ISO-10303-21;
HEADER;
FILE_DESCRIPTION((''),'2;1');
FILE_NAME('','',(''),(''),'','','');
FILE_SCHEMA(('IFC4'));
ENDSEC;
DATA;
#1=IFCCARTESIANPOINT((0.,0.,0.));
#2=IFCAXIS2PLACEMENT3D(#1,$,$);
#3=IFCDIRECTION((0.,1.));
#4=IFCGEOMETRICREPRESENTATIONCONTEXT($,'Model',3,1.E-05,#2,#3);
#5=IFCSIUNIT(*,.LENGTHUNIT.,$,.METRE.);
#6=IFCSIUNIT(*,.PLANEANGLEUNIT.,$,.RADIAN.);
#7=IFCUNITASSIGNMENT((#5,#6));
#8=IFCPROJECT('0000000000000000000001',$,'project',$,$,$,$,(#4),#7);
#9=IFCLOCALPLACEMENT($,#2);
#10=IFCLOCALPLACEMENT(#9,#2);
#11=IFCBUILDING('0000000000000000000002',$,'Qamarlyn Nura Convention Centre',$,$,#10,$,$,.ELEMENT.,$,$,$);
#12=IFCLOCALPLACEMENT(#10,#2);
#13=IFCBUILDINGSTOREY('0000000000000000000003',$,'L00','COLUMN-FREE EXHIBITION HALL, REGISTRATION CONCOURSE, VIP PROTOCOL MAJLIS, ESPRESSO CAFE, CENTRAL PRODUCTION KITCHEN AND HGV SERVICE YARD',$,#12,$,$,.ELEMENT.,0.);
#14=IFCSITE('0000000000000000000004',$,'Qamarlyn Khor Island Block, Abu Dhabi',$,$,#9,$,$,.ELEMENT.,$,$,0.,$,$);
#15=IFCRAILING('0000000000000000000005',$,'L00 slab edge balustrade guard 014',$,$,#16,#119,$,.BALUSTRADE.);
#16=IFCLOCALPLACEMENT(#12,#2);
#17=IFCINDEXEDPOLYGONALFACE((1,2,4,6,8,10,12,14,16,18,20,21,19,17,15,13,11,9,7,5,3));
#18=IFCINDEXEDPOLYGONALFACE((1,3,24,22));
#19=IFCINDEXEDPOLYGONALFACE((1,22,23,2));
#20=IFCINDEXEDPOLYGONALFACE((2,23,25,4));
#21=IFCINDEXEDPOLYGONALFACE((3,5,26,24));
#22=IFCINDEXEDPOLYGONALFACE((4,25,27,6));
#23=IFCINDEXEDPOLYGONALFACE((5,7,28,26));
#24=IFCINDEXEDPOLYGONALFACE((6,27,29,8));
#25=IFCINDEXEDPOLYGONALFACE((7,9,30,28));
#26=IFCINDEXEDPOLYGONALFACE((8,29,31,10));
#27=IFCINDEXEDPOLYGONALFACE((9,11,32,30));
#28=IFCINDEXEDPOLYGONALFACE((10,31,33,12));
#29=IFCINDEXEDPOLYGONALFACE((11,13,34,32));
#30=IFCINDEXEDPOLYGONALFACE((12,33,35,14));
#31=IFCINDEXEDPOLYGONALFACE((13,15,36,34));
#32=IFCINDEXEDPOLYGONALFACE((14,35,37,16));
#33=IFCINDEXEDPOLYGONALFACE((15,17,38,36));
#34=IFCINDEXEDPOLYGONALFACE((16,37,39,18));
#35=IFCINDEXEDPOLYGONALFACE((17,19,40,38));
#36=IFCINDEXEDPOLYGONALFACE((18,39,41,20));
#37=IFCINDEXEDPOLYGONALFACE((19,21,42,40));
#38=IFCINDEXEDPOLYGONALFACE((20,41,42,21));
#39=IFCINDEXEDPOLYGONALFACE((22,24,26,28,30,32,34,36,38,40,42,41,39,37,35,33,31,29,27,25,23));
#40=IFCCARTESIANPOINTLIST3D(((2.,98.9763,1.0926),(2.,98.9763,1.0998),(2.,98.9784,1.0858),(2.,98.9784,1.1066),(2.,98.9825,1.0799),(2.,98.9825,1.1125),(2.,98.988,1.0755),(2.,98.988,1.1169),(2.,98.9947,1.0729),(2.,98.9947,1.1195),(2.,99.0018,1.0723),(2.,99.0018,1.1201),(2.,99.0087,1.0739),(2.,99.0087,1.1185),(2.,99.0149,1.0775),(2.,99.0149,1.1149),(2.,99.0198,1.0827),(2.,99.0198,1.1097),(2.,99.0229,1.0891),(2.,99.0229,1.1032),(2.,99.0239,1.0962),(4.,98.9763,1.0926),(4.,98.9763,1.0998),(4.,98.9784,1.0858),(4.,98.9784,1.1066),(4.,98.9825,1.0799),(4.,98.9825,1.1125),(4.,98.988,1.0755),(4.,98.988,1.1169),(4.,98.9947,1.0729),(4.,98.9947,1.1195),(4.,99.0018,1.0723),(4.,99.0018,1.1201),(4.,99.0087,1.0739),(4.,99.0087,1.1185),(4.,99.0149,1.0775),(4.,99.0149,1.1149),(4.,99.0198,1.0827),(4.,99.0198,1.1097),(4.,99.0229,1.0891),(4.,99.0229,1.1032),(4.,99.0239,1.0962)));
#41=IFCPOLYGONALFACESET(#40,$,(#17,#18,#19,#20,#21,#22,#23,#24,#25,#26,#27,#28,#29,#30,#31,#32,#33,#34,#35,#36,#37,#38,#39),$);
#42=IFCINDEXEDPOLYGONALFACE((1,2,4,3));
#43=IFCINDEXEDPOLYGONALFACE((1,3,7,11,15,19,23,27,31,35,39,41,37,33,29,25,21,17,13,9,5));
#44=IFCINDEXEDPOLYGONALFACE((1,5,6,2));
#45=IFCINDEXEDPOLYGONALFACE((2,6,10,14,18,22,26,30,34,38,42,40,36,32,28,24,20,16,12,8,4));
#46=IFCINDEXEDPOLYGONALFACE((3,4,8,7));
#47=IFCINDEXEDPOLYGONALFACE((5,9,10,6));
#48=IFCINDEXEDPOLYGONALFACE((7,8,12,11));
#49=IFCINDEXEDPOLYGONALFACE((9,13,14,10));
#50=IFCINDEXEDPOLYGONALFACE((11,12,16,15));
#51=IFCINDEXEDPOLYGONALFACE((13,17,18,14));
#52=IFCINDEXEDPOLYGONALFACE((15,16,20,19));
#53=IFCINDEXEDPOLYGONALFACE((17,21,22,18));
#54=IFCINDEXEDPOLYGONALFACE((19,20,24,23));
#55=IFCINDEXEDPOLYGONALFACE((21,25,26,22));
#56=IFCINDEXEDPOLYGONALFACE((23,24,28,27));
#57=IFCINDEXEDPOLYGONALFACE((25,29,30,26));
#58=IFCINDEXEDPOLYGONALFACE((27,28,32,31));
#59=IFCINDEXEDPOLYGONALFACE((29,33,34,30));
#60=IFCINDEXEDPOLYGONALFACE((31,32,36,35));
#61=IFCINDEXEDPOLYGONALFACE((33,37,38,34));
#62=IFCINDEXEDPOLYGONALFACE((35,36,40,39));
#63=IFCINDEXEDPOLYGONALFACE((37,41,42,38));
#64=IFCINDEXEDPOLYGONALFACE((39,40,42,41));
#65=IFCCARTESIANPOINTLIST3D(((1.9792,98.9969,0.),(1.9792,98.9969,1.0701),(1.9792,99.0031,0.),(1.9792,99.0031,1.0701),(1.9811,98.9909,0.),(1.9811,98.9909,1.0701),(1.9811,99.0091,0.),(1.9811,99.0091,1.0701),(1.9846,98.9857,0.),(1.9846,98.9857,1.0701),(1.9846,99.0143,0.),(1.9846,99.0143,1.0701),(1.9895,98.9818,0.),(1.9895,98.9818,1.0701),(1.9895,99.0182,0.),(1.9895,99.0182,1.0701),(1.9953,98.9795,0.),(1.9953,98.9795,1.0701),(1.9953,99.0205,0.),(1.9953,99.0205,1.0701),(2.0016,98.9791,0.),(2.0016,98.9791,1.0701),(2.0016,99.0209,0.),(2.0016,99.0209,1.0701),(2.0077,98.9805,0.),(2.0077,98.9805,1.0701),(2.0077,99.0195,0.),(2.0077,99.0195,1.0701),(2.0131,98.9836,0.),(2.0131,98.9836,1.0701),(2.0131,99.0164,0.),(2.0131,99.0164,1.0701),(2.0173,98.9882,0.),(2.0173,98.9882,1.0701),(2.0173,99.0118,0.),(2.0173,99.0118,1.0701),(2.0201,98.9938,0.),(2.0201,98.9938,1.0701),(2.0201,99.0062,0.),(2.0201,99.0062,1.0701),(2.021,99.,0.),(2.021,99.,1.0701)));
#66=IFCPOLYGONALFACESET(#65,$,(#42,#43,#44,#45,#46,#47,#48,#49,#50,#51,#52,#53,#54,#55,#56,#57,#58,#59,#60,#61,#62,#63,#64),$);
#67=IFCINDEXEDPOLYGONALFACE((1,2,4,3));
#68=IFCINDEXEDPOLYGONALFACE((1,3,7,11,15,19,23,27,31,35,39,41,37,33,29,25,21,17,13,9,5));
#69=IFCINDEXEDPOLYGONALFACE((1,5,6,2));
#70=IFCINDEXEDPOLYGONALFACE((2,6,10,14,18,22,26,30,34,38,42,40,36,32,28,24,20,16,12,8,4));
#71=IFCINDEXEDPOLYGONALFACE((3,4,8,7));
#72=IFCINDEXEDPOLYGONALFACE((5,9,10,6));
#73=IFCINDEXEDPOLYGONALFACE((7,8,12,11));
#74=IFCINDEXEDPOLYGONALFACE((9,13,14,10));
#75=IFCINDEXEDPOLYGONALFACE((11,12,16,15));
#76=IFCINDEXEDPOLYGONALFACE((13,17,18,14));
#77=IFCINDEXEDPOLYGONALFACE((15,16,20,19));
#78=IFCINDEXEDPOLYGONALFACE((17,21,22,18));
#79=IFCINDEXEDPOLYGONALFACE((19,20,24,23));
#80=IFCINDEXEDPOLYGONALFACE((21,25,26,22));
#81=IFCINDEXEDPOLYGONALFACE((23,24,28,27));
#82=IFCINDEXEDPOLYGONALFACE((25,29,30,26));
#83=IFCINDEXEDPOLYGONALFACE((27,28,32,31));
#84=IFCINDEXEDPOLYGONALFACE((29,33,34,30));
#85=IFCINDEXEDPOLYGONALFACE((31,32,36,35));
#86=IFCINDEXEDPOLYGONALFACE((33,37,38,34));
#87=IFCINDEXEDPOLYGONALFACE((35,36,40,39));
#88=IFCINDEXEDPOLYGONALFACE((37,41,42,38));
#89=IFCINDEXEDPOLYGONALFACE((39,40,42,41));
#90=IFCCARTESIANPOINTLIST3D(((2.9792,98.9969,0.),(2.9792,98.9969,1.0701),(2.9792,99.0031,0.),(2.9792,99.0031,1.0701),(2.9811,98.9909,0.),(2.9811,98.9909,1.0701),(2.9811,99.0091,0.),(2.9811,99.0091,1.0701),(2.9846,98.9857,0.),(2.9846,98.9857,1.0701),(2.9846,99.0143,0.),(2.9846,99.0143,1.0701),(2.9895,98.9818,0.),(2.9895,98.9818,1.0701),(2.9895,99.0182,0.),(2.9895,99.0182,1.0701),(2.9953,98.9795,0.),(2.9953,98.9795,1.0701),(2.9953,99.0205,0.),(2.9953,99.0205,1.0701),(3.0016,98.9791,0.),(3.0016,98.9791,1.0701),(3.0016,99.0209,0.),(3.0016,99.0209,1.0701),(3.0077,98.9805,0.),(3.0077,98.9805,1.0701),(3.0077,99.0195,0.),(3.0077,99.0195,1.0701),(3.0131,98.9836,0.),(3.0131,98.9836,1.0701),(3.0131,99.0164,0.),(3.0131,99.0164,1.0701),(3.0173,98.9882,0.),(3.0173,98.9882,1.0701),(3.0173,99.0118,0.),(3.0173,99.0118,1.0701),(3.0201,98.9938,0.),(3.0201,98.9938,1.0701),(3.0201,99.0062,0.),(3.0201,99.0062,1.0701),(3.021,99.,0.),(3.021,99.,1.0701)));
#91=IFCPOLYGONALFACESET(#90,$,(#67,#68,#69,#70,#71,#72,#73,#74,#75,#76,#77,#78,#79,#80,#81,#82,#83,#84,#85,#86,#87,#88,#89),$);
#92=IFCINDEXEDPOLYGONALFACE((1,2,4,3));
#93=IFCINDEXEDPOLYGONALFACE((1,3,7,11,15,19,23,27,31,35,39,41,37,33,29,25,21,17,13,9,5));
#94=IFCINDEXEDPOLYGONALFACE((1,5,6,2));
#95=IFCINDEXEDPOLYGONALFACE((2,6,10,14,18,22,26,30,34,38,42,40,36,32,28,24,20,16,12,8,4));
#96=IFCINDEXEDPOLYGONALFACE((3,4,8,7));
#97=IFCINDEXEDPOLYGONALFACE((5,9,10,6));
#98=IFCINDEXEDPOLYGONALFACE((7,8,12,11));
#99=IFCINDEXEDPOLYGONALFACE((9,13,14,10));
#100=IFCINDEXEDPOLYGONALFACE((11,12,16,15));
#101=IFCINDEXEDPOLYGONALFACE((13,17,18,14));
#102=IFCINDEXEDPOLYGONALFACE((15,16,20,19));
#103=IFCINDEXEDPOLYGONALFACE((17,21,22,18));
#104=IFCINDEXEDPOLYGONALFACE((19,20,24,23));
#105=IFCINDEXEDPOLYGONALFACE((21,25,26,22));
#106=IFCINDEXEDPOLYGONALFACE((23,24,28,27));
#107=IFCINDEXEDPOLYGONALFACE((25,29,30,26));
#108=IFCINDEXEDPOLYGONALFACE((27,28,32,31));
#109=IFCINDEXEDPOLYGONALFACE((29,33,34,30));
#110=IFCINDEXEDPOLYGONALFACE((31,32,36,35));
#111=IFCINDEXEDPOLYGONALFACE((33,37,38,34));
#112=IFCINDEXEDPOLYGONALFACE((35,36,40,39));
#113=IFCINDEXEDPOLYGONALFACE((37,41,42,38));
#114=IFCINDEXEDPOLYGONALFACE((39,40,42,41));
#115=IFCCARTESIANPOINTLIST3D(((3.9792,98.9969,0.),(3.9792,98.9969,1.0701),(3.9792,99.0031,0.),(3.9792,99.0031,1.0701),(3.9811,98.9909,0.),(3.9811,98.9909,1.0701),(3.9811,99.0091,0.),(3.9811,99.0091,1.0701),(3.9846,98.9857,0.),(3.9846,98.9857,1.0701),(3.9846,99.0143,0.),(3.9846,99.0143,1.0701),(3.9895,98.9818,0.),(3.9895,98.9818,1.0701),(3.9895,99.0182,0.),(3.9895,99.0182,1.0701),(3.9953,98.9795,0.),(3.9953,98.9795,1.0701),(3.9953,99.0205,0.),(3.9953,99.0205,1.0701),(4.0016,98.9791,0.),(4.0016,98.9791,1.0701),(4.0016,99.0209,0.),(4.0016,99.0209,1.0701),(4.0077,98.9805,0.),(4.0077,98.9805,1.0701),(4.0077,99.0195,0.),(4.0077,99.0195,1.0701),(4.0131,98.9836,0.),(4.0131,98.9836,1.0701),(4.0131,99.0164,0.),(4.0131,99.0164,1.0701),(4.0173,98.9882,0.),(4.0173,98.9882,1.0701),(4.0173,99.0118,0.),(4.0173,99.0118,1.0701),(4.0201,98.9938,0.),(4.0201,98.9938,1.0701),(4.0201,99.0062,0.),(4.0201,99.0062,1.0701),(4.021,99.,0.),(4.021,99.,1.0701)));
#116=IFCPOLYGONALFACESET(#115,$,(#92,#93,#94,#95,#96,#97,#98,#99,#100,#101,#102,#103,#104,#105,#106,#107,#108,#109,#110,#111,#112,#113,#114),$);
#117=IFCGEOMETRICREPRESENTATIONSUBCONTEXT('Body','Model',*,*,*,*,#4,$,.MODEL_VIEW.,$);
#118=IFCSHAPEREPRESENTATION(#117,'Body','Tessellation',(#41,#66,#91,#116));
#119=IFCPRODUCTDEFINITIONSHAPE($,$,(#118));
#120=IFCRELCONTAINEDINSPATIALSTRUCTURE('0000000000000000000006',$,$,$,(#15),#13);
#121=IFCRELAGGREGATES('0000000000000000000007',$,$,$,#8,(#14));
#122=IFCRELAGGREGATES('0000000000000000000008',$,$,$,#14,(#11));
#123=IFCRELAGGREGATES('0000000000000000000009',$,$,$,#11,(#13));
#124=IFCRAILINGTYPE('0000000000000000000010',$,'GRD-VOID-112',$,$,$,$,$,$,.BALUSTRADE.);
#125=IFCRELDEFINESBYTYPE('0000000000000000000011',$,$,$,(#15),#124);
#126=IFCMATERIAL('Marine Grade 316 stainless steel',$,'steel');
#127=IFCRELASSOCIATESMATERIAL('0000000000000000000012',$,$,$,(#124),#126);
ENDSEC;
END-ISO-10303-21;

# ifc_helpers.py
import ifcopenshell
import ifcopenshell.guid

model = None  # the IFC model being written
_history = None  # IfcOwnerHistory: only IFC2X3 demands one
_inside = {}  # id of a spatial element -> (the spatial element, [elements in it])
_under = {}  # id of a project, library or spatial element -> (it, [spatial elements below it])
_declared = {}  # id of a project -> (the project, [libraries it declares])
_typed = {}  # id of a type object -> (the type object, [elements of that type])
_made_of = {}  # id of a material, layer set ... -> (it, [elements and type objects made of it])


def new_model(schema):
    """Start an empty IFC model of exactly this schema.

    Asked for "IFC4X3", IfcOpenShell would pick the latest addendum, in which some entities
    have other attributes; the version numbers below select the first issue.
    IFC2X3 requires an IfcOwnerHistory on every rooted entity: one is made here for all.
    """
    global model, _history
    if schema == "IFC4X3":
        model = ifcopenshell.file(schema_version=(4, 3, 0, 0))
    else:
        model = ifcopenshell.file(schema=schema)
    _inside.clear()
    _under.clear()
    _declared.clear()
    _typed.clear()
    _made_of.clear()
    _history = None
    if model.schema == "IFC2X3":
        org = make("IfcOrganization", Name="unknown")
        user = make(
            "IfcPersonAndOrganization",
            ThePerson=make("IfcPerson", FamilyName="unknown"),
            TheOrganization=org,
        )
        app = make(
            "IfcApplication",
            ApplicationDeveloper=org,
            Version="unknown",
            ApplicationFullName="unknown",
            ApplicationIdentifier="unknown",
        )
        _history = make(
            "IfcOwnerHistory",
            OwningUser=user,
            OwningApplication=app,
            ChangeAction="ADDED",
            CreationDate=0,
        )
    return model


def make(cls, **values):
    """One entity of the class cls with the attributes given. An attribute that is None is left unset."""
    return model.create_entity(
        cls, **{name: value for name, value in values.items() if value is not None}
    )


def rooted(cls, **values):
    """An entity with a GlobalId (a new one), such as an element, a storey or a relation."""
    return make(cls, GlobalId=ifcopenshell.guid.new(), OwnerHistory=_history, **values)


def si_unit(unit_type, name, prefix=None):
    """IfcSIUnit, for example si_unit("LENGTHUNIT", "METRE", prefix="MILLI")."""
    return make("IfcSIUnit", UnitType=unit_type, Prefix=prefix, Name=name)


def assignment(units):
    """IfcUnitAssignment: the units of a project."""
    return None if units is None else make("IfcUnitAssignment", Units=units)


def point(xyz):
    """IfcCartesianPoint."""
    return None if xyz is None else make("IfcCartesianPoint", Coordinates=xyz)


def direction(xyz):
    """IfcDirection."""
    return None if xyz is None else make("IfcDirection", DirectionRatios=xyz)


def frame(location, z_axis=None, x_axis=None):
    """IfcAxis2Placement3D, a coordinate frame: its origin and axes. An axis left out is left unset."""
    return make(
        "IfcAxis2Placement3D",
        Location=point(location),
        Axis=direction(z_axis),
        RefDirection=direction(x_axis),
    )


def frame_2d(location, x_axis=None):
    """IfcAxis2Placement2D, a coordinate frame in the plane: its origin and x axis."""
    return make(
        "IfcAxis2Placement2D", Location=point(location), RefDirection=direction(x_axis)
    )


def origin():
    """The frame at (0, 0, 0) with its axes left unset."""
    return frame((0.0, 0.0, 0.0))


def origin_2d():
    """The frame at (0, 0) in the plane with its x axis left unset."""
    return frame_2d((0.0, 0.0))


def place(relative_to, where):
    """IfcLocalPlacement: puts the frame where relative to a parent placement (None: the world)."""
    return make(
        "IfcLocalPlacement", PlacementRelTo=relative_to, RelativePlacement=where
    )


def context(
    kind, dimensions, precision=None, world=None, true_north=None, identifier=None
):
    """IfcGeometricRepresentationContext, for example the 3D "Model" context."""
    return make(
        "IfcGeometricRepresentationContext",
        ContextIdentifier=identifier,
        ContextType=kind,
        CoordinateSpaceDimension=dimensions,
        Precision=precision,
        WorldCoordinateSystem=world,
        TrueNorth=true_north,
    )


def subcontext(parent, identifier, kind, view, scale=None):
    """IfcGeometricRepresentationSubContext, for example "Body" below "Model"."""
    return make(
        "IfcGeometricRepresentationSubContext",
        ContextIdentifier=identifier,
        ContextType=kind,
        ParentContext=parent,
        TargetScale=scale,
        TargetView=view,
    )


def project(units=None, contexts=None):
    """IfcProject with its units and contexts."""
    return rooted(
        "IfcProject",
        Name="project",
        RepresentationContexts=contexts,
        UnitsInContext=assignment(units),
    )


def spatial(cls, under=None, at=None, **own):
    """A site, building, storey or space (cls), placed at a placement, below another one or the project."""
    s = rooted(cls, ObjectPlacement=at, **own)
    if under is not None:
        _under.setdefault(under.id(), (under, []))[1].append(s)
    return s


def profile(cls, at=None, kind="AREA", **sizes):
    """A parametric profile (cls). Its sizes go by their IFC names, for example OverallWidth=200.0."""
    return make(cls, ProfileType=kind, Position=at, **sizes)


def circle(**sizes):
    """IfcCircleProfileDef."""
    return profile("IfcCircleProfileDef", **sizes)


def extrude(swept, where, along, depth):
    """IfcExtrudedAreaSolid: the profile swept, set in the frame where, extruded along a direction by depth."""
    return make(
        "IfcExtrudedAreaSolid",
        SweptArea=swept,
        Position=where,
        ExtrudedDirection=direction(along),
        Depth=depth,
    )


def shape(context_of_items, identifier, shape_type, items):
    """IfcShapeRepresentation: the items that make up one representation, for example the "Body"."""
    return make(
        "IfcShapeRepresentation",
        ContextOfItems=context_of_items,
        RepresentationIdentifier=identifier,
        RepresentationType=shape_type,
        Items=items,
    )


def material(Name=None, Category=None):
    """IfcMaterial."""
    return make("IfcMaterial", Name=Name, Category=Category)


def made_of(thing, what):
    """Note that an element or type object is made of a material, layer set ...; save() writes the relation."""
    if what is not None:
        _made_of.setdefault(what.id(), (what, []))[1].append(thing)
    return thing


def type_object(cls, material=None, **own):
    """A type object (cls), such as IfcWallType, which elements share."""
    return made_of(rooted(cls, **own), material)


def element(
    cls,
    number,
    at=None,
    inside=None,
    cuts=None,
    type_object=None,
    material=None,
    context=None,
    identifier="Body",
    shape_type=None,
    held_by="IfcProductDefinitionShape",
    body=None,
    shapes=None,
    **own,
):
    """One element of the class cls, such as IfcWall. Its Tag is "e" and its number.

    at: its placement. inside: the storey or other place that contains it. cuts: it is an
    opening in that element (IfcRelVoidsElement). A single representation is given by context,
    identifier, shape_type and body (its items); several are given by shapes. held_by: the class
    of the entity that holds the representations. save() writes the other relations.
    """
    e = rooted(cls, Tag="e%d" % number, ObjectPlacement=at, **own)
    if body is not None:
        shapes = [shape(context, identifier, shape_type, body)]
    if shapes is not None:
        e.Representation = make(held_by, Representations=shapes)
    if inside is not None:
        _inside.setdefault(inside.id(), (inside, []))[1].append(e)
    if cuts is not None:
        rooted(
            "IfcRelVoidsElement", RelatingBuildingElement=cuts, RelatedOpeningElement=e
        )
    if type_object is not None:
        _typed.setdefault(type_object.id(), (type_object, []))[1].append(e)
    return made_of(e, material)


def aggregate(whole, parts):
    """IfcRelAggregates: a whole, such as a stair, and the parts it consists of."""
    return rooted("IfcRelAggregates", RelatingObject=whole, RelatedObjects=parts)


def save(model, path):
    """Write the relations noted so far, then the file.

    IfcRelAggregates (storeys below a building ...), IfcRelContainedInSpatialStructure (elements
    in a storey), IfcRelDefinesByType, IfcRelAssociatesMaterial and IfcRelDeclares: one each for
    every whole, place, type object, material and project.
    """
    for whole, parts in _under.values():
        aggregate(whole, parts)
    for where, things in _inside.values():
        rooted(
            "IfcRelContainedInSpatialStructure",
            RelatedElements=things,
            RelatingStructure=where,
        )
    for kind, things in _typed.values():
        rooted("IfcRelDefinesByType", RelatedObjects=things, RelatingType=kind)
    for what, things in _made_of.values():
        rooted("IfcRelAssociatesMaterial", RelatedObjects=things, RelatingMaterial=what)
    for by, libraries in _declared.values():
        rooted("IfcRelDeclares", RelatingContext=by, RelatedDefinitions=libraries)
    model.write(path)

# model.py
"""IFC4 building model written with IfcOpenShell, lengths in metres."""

from ifc_helpers import new_model, si_unit, direction, frame, origin, origin_2d, place, context, subcontext, project, spatial, circle, extrude, material, type_object, element, save


model = new_model("IFC4")

# Units and contexts
model_context = context("Model", 3, precision=1e-05, world=origin(), true_north=direction((0.0, 1.0)))
body_context = subcontext(model_context, "Body", "Model", "MODEL_VIEW")
ifc_project = project(units=[si_unit("LENGTHUNIT", "METRE"), si_unit("PLANEANGLEUNIT", "RADIAN")], contexts=[model_context])

# Site, building, storey
site_placement = place(None, origin())
site = spatial("IfcSite", under=ifc_project, at=site_placement, Name="Qamarlyn Khor Island Block, Abu Dhabi", CompositionType="ELEMENT", RefElevation=0.0)
building_placement = place(site_placement, origin())
building = spatial("IfcBuilding", under=site, at=building_placement, Name="Qamarlyn Nura Convention Centre", CompositionType="ELEMENT")
storey_placement = place(building_placement, origin())
storey = spatial("IfcBuildingStorey", under=building, at=storey_placement, Name="L00", Description="COLUMN-FREE EXHIBITION HALL, REGISTRATION CONCOURSE, VIP PROTOCOL MAJLIS, ESPRESSO CAFE, CENTRAL PRODUCTION KITCHEN AND HGV SERVICE YARD", CompositionType="ELEMENT", Elevation=0.0)

# Railing
ifc_material_1 = material(Name="Marine Grade 316 stainless steel", Category="steel")
railing_type = type_object("IfcRailingType", Name="GRD-VOID-112", PredefinedType="BALUSTRADE", material=ifc_material_1)
railing_1_placement = place(storey_placement, frame((2.0, 99.0, 0.0)))
element("IfcRailing", 1, at=railing_1_placement, inside=storey, type_object=railing_type, Name="L00 slab edge balustrade guard 014", PredefinedType="BALUSTRADE", context=body_context, shape_type="SweptSolid", body=[
    extrude(circle(Radius=0.0239, at=origin_2d()), frame((0.0, 0.0, 1.0962), z_axis=(1.0, 0.0, 0.0), x_axis=(0.0, 1.0, 0.0)), (0.0, 0.0, 1.0), 2.0),
    extrude(circle(Radius=0.021, at=origin_2d()), origin(), (0.0, 0.0, 1.0), 1.0701),
    extrude(circle(Radius=0.021, at=origin_2d()), frame((1.0, 0.0, 0.0)), (0.0, 0.0, 1.0), 1.0701),
    extrude(circle(Radius=0.021, at=origin_2d()), frame((2.0, 0.0, 0.0)), (0.0, 0.0, 1.0), 1.0701),
])

save(model, "model.ifc")
